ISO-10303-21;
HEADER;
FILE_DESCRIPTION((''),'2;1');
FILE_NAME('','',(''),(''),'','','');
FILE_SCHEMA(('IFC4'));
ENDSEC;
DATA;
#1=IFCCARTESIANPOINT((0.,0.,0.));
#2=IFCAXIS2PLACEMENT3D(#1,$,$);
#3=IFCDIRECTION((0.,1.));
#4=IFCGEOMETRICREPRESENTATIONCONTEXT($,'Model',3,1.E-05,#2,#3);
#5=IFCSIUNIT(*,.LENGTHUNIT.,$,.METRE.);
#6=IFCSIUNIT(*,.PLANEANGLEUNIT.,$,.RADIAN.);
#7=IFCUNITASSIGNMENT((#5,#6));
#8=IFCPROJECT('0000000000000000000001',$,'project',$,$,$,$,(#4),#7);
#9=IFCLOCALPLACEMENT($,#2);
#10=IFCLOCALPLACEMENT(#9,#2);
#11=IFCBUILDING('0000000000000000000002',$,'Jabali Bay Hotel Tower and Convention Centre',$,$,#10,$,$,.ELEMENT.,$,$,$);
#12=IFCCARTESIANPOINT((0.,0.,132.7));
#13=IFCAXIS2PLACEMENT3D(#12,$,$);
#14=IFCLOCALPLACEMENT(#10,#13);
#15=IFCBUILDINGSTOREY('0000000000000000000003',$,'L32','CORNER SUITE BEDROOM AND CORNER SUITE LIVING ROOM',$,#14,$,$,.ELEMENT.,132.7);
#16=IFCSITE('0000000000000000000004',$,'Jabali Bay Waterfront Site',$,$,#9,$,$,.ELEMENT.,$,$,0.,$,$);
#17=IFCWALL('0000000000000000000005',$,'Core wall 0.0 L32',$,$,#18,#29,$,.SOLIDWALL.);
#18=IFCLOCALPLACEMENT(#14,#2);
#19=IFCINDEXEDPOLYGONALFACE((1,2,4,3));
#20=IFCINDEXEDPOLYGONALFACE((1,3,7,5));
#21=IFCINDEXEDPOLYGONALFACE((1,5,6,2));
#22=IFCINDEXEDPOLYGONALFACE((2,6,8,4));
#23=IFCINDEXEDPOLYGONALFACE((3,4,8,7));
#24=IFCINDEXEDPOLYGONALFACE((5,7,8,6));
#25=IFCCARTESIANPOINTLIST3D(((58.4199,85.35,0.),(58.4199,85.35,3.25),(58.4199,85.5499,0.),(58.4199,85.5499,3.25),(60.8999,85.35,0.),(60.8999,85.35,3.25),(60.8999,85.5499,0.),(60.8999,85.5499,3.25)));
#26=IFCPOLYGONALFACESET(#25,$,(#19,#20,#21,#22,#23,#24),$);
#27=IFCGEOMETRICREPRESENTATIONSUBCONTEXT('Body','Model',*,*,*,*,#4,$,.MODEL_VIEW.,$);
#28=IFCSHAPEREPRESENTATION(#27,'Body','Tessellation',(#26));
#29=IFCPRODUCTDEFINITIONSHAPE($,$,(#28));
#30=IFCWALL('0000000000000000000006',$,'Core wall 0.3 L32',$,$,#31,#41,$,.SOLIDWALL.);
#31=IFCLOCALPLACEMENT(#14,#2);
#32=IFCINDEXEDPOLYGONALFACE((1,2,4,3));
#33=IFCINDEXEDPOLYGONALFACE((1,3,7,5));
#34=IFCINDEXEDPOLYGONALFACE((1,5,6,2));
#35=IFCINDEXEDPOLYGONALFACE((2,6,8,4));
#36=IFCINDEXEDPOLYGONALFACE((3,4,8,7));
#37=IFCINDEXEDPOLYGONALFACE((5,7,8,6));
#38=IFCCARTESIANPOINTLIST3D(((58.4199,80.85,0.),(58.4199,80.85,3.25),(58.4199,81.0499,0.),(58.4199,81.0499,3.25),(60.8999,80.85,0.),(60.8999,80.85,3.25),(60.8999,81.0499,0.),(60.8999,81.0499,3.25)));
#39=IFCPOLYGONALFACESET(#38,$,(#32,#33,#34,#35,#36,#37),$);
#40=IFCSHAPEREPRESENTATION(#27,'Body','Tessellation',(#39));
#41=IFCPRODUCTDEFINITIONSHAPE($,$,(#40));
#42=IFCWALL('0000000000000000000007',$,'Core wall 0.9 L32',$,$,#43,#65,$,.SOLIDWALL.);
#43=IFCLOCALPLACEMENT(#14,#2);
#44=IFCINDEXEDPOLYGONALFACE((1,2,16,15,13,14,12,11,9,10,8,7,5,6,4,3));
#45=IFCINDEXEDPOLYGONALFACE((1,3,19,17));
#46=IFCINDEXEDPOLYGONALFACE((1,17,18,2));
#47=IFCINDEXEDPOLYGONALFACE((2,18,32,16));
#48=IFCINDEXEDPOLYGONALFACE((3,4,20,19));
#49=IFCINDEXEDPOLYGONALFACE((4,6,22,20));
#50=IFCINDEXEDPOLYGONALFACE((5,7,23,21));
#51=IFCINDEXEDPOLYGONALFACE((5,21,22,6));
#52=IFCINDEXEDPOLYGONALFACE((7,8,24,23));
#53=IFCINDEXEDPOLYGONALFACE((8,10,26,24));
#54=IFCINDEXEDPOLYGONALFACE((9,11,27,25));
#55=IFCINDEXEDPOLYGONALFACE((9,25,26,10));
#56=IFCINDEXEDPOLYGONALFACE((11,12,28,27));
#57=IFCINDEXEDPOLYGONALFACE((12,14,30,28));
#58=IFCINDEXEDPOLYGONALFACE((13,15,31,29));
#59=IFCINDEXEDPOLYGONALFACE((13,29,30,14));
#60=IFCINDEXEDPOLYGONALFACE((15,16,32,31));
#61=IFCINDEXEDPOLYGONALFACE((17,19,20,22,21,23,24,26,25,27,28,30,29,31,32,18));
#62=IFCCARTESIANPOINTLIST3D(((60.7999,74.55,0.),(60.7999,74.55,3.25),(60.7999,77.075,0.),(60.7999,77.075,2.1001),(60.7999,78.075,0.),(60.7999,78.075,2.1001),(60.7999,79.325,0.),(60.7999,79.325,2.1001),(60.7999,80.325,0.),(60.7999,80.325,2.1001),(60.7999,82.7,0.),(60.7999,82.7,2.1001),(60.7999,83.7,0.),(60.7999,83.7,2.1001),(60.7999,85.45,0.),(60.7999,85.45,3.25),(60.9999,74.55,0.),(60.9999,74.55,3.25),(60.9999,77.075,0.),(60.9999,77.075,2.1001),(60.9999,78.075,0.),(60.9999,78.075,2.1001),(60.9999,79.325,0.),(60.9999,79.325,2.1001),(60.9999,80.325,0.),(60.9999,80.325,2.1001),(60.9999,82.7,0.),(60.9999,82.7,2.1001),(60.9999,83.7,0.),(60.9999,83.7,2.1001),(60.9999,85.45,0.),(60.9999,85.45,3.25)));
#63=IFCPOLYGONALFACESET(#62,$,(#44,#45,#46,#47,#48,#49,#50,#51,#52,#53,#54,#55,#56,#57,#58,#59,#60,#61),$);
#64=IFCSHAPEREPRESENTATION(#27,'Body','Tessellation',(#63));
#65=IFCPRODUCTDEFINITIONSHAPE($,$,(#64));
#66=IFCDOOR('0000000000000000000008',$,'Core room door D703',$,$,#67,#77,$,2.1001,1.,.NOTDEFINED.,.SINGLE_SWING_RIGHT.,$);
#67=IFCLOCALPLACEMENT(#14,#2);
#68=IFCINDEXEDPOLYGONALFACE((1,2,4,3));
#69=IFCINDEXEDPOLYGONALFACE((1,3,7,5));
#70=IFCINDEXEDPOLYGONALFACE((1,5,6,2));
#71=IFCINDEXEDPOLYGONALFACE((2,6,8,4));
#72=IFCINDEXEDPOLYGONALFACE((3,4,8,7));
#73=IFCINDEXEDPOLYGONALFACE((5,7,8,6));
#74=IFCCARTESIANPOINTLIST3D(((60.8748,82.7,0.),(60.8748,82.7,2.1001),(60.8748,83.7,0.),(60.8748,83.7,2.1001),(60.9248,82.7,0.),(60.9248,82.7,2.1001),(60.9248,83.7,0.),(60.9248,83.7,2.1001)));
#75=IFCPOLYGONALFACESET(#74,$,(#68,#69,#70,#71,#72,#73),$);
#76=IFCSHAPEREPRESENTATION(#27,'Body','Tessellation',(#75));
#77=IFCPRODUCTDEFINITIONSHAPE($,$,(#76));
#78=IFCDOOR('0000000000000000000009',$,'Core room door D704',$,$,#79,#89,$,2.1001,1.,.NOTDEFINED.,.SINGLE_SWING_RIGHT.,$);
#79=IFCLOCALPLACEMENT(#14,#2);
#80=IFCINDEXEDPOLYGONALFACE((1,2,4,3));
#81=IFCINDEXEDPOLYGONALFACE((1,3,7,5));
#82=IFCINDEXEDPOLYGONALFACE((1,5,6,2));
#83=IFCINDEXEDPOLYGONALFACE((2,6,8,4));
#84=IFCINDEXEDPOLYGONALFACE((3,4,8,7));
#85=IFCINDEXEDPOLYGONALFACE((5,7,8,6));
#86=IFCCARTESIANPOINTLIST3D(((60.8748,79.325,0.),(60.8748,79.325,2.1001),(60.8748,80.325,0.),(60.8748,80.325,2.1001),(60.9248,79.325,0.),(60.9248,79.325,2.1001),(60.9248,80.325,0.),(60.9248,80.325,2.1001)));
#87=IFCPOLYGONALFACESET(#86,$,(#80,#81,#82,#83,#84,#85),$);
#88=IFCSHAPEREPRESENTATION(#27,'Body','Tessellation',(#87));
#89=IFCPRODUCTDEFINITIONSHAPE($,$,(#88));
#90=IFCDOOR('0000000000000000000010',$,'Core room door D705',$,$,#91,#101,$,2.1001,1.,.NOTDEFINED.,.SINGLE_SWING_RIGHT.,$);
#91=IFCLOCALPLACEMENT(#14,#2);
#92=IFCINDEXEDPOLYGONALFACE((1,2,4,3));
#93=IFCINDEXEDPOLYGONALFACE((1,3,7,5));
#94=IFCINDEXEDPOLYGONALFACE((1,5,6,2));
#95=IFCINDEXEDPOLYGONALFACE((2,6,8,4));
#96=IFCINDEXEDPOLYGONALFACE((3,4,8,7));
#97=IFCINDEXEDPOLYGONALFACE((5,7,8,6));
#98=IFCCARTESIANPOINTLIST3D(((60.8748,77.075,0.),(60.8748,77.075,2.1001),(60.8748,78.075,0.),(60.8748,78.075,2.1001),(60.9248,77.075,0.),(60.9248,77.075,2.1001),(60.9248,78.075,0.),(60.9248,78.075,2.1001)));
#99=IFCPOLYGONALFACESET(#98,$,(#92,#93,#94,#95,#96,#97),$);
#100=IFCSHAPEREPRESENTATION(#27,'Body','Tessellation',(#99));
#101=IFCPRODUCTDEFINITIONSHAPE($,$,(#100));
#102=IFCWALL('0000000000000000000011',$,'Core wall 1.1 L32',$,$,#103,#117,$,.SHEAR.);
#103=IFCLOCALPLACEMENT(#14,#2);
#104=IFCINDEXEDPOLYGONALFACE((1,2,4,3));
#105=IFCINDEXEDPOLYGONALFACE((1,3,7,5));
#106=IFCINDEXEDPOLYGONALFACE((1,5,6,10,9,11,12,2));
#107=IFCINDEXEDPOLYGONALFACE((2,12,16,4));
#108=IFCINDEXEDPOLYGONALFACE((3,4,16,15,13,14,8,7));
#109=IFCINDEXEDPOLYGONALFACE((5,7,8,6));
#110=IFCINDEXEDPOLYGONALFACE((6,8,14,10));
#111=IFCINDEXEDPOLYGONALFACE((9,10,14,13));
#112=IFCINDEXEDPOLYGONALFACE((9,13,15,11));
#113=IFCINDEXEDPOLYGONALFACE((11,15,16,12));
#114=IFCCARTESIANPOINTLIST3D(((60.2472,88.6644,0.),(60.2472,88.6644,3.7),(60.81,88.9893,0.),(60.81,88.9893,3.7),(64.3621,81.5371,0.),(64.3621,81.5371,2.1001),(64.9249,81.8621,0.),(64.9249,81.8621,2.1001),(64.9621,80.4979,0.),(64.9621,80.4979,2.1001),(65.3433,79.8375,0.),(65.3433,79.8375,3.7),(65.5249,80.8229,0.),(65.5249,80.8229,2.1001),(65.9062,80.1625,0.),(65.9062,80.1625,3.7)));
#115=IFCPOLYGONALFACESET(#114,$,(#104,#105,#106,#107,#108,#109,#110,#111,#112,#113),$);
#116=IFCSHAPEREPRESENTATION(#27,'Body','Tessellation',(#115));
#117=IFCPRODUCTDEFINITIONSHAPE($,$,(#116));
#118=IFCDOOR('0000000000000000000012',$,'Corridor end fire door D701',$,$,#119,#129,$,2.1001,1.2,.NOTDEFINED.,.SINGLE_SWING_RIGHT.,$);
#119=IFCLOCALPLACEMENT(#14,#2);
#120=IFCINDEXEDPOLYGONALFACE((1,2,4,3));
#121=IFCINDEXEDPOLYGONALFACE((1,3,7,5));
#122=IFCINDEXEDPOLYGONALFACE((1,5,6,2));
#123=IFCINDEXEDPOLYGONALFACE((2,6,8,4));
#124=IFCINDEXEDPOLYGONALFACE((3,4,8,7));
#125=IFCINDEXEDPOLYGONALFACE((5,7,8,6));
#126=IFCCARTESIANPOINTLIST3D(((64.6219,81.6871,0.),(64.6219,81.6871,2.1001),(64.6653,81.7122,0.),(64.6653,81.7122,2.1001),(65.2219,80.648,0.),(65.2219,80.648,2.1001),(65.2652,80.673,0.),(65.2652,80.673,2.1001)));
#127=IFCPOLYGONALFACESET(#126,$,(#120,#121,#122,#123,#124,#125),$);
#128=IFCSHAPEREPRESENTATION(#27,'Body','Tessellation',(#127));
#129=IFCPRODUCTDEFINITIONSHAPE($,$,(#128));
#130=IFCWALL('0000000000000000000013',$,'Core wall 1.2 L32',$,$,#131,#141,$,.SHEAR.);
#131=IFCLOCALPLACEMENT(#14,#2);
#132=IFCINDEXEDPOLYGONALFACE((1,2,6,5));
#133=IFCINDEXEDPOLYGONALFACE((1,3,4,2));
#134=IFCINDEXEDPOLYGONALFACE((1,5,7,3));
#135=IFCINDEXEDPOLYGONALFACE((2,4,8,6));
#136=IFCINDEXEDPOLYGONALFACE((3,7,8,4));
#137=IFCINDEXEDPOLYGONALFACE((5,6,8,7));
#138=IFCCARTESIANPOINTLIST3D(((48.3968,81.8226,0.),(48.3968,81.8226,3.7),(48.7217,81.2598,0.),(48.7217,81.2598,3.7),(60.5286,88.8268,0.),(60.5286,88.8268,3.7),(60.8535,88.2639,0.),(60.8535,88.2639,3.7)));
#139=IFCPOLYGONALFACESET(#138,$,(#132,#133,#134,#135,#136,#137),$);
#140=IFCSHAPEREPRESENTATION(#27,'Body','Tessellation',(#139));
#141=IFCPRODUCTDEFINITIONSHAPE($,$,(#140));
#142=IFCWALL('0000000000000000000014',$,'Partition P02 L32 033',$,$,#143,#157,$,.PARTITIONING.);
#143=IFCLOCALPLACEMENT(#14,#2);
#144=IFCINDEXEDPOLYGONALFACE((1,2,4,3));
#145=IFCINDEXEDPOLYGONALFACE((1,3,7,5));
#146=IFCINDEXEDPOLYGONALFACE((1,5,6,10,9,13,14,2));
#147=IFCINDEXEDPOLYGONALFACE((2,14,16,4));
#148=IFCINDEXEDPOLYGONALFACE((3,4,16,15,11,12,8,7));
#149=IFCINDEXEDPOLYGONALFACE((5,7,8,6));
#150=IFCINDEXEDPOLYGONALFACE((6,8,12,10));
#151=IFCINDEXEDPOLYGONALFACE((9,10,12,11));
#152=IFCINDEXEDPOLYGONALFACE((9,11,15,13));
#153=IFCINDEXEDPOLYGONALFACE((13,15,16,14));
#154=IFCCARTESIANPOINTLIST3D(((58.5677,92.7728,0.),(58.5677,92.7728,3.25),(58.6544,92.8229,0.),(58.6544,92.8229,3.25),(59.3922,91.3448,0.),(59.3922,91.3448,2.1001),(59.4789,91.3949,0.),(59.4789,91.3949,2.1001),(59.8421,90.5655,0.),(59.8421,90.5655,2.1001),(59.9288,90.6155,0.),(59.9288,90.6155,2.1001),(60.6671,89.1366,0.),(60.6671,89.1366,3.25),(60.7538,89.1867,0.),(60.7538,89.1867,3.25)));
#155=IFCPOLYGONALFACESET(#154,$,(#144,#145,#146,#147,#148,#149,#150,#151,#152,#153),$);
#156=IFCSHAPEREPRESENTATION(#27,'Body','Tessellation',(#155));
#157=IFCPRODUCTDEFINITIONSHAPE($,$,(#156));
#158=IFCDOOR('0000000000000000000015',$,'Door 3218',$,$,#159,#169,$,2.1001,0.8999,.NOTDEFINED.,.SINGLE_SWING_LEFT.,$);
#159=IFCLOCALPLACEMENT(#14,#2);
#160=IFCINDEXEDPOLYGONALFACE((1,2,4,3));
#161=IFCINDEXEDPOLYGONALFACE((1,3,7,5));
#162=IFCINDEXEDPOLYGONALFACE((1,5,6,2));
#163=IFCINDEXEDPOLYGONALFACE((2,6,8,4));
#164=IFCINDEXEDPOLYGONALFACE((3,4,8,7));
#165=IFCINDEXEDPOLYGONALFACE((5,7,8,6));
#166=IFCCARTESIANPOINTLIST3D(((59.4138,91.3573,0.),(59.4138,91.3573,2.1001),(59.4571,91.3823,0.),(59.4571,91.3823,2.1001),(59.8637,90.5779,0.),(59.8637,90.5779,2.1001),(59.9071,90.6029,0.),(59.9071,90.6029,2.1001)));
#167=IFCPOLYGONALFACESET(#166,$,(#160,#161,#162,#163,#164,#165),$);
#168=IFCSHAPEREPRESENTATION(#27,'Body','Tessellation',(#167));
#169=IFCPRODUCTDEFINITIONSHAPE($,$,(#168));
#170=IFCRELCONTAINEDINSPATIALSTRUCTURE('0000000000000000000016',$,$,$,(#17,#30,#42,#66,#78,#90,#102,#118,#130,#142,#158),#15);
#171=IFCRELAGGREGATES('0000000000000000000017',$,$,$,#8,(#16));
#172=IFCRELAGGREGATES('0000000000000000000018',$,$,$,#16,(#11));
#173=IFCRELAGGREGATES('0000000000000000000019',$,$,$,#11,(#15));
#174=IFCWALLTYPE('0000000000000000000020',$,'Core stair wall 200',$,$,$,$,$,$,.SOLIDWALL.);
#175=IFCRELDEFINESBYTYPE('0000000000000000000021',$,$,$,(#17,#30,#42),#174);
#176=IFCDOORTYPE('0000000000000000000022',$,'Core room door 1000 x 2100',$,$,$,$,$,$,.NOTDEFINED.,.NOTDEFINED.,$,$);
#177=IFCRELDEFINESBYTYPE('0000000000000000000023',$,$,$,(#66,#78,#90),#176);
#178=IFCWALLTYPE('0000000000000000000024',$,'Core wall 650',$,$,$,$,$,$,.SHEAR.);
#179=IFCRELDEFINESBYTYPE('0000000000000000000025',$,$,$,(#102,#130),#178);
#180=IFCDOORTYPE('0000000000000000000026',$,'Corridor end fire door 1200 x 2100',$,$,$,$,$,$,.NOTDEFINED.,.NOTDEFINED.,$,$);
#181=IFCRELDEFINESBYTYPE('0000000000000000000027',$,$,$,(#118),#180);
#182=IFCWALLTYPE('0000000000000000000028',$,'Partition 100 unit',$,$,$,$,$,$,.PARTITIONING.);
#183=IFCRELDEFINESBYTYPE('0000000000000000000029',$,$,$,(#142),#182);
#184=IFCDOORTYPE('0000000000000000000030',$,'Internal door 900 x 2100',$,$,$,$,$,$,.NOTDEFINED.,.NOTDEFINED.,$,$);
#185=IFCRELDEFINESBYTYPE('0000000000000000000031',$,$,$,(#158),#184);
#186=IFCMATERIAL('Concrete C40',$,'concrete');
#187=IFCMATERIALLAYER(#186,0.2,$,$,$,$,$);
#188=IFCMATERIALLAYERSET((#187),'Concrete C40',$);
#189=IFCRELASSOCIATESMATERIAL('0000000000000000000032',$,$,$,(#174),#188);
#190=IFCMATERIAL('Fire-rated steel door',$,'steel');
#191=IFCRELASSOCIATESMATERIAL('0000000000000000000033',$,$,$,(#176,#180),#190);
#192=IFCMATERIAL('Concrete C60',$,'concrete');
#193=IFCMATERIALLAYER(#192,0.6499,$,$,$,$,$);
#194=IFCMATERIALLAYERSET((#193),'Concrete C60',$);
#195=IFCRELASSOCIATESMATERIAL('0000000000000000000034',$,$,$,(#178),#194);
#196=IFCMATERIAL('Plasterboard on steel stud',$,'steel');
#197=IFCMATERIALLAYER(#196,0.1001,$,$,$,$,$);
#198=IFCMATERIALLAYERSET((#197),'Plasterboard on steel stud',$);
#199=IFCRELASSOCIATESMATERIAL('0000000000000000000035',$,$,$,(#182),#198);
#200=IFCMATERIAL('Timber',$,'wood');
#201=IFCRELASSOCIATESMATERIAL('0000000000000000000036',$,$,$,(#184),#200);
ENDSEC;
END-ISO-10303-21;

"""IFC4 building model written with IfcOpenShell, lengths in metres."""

from ifc_helpers import new_model, si_unit, direction, frame, frame_2d, origin, place, context, subcontext, project, spatial, rectangle, extrude, material, layer, layer_set, type_object, element, fill, save


model = new_model("IFC4")

# Units and contexts
model_context = context("Model", 3, precision=1e-05, world=origin(), true_north=direction((0.0, 1.0)))
body_context = subcontext(model_context, "Body", "Model", "MODEL_VIEW")
ifc_project = project(units=[si_unit("LENGTHUNIT", "METRE"), si_unit("PLANEANGLEUNIT", "RADIAN")], contexts=[model_context])

# Site, building, storey
site_placement = place(None, origin())
site = spatial("IfcSite", under=ifc_project, at=site_placement, Name="Jabali Bay Waterfront Site", CompositionType="ELEMENT", RefElevation=0.0)
building_placement = place(site_placement, origin())
building = spatial("IfcBuilding", under=site, at=building_placement, Name="Jabali Bay Hotel Tower and Convention Centre", CompositionType="ELEMENT")
storey_placement = place(building_placement, frame((0.0, 0.0, 132.7)))
storey = spatial("IfcBuildingStorey", under=building, at=storey_placement, Name="L32", Description="CORNER SUITE BEDROOM AND CORNER SUITE LIVING ROOM", CompositionType="ELEMENT", Elevation=132.7)

# Walls
ifc_material_1 = material(Name="Concrete C40", Category="concrete")
ifc_layer_1 = layer(ifc_material_1, 0.2)
ifc_layer_set_1 = layer_set([ifc_layer_1], Name="Concrete C40")
wall_type_1 = type_object("IfcWallType", Name="Core stair wall 200", PredefinedType="SOLIDWALL", material=ifc_layer_set_1)
for number, where, z_axis, x_axis, name in (
    (1, (60.8999, 85.45, 0.0), (0.0, 0.0, 1.0), (-1.0, 0.0, 0.0), "Core wall 0.0 L32"),
    (2, (60.8999, 80.95, 0.0), (0.0, 0.0, 1.0), (-1.0, 0.0, 0.0), "Core wall 0.3 L32"),
):
    element("IfcWall", number, at=place(storey_placement, frame(where, z_axis=z_axis, x_axis=x_axis)), inside=storey, type_object=wall_type_1, Name=name, PredefinedType="SOLIDWALL", context=body_context, shape_type="SweptSolid", body=[
        extrude(rectangle(XDim=2.48, YDim=0.2, at=frame_2d((1.24, 0.0))), origin(), (0.0, 0.0, 1.0), 3.25),
    ])

# Wall, openings, doors
wall_1_placement = place(storey_placement, frame((60.8999, 85.45, 0.0), z_axis=(0.0, 0.0, 1.0), x_axis=(0.0, -1.0, 0.0)))
wall_1 = element("IfcWall", 3, at=wall_1_placement, inside=storey, type_object=wall_type_1, Name="Core wall 0.9 L32", PredefinedType="SOLIDWALL", context=body_context, shape_type="SweptSolid", body=[
    extrude(rectangle(XDim=10.8999, YDim=0.2, at=frame_2d((5.45, 0.0))), origin(), (0.0, 0.0, 1.0), 3.25),
])
opening_1_placement = place(wall_1_placement, frame((1.75, 0.0, 0.0)))
opening_1 = element("IfcOpeningElement", 4, at=opening_1_placement, cuts=wall_1, PredefinedType="OPENING", context=body_context, shape_type="SweptSolid", body=[
    extrude(rectangle(XDim=1.0, YDim=2.1001, at=frame_2d((0.5, 1.05))), frame((0.0, 0.1104, 0.0), z_axis=(0.0, -1.0, 0.0), x_axis=(1.0, 0.0, 0.0)), (0.0, 0.0, 1.0), 0.2209),
])
opening_2_placement = place(wall_1_placement, frame((5.125, 0.0, 0.0)))
opening_2 = element("IfcOpeningElement", 5, at=opening_2_placement, cuts=wall_1, PredefinedType="OPENING", context=body_context, shape_type="SweptSolid", body=[
    extrude(rectangle(XDim=1.0, YDim=2.1001, at=frame_2d((0.5, 1.05))), frame((0.0, 0.1104, 0.0), z_axis=(0.0, -1.0, 0.0), x_axis=(1.0, 0.0, 0.0)), (0.0, 0.0, 1.0), 0.2209),
])
opening_3_placement = place(wall_1_placement, frame((7.375, 0.0, 0.0)))
opening_3 = element("IfcOpeningElement", 6, at=opening_3_placement, cuts=wall_1, PredefinedType="OPENING", context=body_context, shape_type="SweptSolid", body=[
    extrude(rectangle(XDim=1.0, YDim=2.1001, at=frame_2d((0.5, 1.05))), frame((0.0, 0.1104, 0.0), z_axis=(0.0, -1.0, 0.0), x_axis=(1.0, 0.0, 0.0)), (0.0, 0.0, 1.0), 0.2209),
])
ifc_material_2 = material(Name="Fire-rated steel door", Category="steel")
door_type_1 = type_object("IfcDoorType", Name="Core room door 1000 x 2100", OperationType="NOTDEFINED", PredefinedType="NOTDEFINED", material=ifc_material_2)
door_1_placement = place(opening_1_placement, origin())
door_1 = element("IfcDoor", 7, at=door_1_placement, inside=storey, type_object=door_type_1, Name="Core room door D703", OperationType="SINGLE_SWING_RIGHT", OverallHeight=2.1001, OverallWidth=1.0, PredefinedType="NOTDEFINED", context=body_context, shape_type="SweptSolid", body=[
    extrude(rectangle(XDim=1.0, YDim=2.1001, at=frame_2d((0.5, 1.05))), frame((0.0, 0.0249, 0.0), z_axis=(0.0, -1.0, 0.0), x_axis=(1.0, 0.0, 0.0)), (0.0, 0.0, 1.0), 0.05),
])
fill(opening_1, door_1)
door_2_placement = place(opening_2_placement, origin())
door_2 = element("IfcDoor", 8, at=door_2_placement, inside=storey, type_object=door_type_1, Name="Core room door D704", OperationType="SINGLE_SWING_RIGHT", OverallHeight=2.1001, OverallWidth=1.0, PredefinedType="NOTDEFINED", context=body_context, shape_type="SweptSolid", body=[
    extrude(rectangle(XDim=1.0, YDim=2.1001, at=frame_2d((0.5, 1.05))), frame((0.0, 0.0249, 0.0), z_axis=(0.0, -1.0, 0.0), x_axis=(1.0, 0.0, 0.0)), (0.0, 0.0, 1.0), 0.05),
])
fill(opening_2, door_2)
door_3_placement = place(opening_3_placement, origin())
door_3 = element("IfcDoor", 9, at=door_3_placement, inside=storey, type_object=door_type_1, Name="Core room door D705", OperationType="SINGLE_SWING_RIGHT", OverallHeight=2.1001, OverallWidth=1.0, PredefinedType="NOTDEFINED", context=body_context, shape_type="SweptSolid", body=[
    extrude(rectangle(XDim=1.0, YDim=2.1001, at=frame_2d((0.5, 1.05))), frame((0.0, 0.0249, 0.0), z_axis=(0.0, -1.0, 0.0), x_axis=(1.0, 0.0, 0.0)), (0.0, 0.0, 1.0), 0.05),
])
fill(opening_3, door_3)

# Wall, opening, door
ifc_material_3 = material(Name="Concrete C60", Category="concrete")
ifc_layer_2 = layer(ifc_material_3, 0.6499)
ifc_layer_set_2 = layer_set([ifc_layer_2], Name="Concrete C60")
wall_type_2 = type_object("IfcWallType", Name="Core wall 650", PredefinedType="SHEAR", material=ifc_layer_set_2)
wall_2_placement = place(storey_placement, frame((65.6248, 80.0, 0.0), z_axis=(0.0, 0.0, 1.0), x_axis=(-0.499998, 0.866026, 0.0)))
wall_2 = element("IfcWall", 10, at=wall_2_placement, inside=storey, type_object=wall_type_2, Name="Core wall 1.1 L32", PredefinedType="SHEAR", context=body_context, shape_type="SweptSolid", body=[
    extrude(rectangle(XDim=10.1924, YDim=0.6499, at=frame_2d((5.0962, 0.0))), origin(), (0.0, 0.0, 1.0), 3.7),
])
opening_4_placement = place(wall_2_placement, frame((0.7625, 0.0, 0.0)))
opening_4 = element("IfcOpeningElement", 11, at=opening_4_placement, cuts=wall_2, PredefinedType="OPENING", context=body_context, shape_type="SweptSolid", body=[
    extrude(rectangle(XDim=1.2, YDim=2.1001, at=frame_2d((0.6001, 1.05))), frame((0.0, 0.3354, 0.0), z_axis=(0.0, -1.0, 0.0), x_axis=(1.0, 0.0, 0.0)), (0.0, 0.0, 1.0), 0.6709),
])
door_type_2 = type_object("IfcDoorType", Name="Corridor end fire door 1200 x 2100", OperationType="NOTDEFINED", PredefinedType="NOTDEFINED", material=ifc_material_2)
door_4_placement = place(opening_4_placement, origin())
door_4 = element("IfcDoor", 12, at=door_4_placement, inside=storey, type_object=door_type_2, Name="Corridor end fire door D701", OperationType="SINGLE_SWING_RIGHT", OverallHeight=2.1001, OverallWidth=1.2, PredefinedType="NOTDEFINED", context=body_context, shape_type="SweptSolid", body=[
    extrude(rectangle(XDim=1.2, YDim=2.1001, at=frame_2d((0.6001, 1.05))), frame((0.0, 0.0249, 0.0), z_axis=(0.0, -1.0, 0.0), x_axis=(1.0, 0.0, 0.0)), (0.0, 0.0, 1.0), 0.05),
])
fill(opening_4, door_4)

# Wall
wall_3_placement = place(storey_placement, frame((60.6912, 88.5454, 0.0), z_axis=(0.0, 0.0, 1.0), x_axis=(-0.866031, -0.499991, 0.0)))
element("IfcWall", 13, at=wall_3_placement, inside=storey, type_object=wall_type_2, Name="Core wall 1.2 L32", PredefinedType="SHEAR", context=body_context, shape_type="SweptSolid", body=[
    extrude(rectangle(XDim=14.0085, YDim=0.6499, at=frame_2d((7.0044, 0.0))), origin(), (0.0, 0.0, 1.0), 3.7),
])

# Wall, opening, door
ifc_material_4 = material(Name="Plasterboard on steel stud", Category="steel")
ifc_layer_3 = layer(ifc_material_4, 0.1001)
ifc_layer_set_3 = layer_set([ifc_layer_3], Name="Plasterboard on steel stud")
wall_type_3 = type_object("IfcWallType", Name="Partition 100 unit", PredefinedType="PARTITIONING", material=ifc_layer_set_3)
wall_4_placement = place(storey_placement, frame((58.6111, 92.7979, 0.0), z_axis=(0.0, 0.0, 1.0), x_axis=(0.499998, -0.866027, 0.0)))
wall_4 = element("IfcWall", 14, at=wall_4_placement, inside=storey, type_object=wall_type_3, Name="Partition P02 L32 033", PredefinedType="PARTITIONING", context=body_context, shape_type="SweptSolid", body=[
    extrude(rectangle(XDim=4.1987, YDim=0.1001, at=frame_2d((2.0994, 0.0))), origin(), (0.0, 0.0, 1.0), 3.25),
])
opening_5_placement = place(wall_4_placement, frame((1.6489, 0.0, 0.0)))
opening_5 = element("IfcOpeningElement", 15, at=opening_5_placement, cuts=wall_4, PredefinedType="OPENING", context=body_context, shape_type="SweptSolid", body=[
    extrude(rectangle(XDim=0.8999, YDim=2.1001, at=frame_2d((0.45, 1.05))), frame((0.0, 0.0605, 0.0), z_axis=(0.0, -1.0, 0.0), x_axis=(1.0, 0.0, 0.0)), (0.0, 0.0, 1.0), 0.1211),
])
ifc_material_5 = material(Name="Timber", Category="wood")
door_type_3 = type_object("IfcDoorType", Name="Internal door 900 x 2100", OperationType="NOTDEFINED", PredefinedType="NOTDEFINED", material=ifc_material_5)
door_5_placement = place(opening_5_placement, origin())
door_5 = element("IfcDoor", 16, at=door_5_placement, inside=storey, type_object=door_type_3, Name="Door 3218", OperationType="SINGLE_SWING_LEFT", OverallHeight=2.1001, OverallWidth=0.8999, PredefinedType="NOTDEFINED", context=body_context, shape_type="SweptSolid", body=[
    extrude(rectangle(XDim=0.8999, YDim=2.1001, at=frame_2d((0.45, 1.05))), frame((0.0, 0.0249, 0.0), z_axis=(0.0, -1.0, 0.0), x_axis=(1.0, 0.0, 0.0)), (0.0, 0.0, 1.0), 0.05),
])
fill(opening_5, door_5)

save(model, "model.ifc")
